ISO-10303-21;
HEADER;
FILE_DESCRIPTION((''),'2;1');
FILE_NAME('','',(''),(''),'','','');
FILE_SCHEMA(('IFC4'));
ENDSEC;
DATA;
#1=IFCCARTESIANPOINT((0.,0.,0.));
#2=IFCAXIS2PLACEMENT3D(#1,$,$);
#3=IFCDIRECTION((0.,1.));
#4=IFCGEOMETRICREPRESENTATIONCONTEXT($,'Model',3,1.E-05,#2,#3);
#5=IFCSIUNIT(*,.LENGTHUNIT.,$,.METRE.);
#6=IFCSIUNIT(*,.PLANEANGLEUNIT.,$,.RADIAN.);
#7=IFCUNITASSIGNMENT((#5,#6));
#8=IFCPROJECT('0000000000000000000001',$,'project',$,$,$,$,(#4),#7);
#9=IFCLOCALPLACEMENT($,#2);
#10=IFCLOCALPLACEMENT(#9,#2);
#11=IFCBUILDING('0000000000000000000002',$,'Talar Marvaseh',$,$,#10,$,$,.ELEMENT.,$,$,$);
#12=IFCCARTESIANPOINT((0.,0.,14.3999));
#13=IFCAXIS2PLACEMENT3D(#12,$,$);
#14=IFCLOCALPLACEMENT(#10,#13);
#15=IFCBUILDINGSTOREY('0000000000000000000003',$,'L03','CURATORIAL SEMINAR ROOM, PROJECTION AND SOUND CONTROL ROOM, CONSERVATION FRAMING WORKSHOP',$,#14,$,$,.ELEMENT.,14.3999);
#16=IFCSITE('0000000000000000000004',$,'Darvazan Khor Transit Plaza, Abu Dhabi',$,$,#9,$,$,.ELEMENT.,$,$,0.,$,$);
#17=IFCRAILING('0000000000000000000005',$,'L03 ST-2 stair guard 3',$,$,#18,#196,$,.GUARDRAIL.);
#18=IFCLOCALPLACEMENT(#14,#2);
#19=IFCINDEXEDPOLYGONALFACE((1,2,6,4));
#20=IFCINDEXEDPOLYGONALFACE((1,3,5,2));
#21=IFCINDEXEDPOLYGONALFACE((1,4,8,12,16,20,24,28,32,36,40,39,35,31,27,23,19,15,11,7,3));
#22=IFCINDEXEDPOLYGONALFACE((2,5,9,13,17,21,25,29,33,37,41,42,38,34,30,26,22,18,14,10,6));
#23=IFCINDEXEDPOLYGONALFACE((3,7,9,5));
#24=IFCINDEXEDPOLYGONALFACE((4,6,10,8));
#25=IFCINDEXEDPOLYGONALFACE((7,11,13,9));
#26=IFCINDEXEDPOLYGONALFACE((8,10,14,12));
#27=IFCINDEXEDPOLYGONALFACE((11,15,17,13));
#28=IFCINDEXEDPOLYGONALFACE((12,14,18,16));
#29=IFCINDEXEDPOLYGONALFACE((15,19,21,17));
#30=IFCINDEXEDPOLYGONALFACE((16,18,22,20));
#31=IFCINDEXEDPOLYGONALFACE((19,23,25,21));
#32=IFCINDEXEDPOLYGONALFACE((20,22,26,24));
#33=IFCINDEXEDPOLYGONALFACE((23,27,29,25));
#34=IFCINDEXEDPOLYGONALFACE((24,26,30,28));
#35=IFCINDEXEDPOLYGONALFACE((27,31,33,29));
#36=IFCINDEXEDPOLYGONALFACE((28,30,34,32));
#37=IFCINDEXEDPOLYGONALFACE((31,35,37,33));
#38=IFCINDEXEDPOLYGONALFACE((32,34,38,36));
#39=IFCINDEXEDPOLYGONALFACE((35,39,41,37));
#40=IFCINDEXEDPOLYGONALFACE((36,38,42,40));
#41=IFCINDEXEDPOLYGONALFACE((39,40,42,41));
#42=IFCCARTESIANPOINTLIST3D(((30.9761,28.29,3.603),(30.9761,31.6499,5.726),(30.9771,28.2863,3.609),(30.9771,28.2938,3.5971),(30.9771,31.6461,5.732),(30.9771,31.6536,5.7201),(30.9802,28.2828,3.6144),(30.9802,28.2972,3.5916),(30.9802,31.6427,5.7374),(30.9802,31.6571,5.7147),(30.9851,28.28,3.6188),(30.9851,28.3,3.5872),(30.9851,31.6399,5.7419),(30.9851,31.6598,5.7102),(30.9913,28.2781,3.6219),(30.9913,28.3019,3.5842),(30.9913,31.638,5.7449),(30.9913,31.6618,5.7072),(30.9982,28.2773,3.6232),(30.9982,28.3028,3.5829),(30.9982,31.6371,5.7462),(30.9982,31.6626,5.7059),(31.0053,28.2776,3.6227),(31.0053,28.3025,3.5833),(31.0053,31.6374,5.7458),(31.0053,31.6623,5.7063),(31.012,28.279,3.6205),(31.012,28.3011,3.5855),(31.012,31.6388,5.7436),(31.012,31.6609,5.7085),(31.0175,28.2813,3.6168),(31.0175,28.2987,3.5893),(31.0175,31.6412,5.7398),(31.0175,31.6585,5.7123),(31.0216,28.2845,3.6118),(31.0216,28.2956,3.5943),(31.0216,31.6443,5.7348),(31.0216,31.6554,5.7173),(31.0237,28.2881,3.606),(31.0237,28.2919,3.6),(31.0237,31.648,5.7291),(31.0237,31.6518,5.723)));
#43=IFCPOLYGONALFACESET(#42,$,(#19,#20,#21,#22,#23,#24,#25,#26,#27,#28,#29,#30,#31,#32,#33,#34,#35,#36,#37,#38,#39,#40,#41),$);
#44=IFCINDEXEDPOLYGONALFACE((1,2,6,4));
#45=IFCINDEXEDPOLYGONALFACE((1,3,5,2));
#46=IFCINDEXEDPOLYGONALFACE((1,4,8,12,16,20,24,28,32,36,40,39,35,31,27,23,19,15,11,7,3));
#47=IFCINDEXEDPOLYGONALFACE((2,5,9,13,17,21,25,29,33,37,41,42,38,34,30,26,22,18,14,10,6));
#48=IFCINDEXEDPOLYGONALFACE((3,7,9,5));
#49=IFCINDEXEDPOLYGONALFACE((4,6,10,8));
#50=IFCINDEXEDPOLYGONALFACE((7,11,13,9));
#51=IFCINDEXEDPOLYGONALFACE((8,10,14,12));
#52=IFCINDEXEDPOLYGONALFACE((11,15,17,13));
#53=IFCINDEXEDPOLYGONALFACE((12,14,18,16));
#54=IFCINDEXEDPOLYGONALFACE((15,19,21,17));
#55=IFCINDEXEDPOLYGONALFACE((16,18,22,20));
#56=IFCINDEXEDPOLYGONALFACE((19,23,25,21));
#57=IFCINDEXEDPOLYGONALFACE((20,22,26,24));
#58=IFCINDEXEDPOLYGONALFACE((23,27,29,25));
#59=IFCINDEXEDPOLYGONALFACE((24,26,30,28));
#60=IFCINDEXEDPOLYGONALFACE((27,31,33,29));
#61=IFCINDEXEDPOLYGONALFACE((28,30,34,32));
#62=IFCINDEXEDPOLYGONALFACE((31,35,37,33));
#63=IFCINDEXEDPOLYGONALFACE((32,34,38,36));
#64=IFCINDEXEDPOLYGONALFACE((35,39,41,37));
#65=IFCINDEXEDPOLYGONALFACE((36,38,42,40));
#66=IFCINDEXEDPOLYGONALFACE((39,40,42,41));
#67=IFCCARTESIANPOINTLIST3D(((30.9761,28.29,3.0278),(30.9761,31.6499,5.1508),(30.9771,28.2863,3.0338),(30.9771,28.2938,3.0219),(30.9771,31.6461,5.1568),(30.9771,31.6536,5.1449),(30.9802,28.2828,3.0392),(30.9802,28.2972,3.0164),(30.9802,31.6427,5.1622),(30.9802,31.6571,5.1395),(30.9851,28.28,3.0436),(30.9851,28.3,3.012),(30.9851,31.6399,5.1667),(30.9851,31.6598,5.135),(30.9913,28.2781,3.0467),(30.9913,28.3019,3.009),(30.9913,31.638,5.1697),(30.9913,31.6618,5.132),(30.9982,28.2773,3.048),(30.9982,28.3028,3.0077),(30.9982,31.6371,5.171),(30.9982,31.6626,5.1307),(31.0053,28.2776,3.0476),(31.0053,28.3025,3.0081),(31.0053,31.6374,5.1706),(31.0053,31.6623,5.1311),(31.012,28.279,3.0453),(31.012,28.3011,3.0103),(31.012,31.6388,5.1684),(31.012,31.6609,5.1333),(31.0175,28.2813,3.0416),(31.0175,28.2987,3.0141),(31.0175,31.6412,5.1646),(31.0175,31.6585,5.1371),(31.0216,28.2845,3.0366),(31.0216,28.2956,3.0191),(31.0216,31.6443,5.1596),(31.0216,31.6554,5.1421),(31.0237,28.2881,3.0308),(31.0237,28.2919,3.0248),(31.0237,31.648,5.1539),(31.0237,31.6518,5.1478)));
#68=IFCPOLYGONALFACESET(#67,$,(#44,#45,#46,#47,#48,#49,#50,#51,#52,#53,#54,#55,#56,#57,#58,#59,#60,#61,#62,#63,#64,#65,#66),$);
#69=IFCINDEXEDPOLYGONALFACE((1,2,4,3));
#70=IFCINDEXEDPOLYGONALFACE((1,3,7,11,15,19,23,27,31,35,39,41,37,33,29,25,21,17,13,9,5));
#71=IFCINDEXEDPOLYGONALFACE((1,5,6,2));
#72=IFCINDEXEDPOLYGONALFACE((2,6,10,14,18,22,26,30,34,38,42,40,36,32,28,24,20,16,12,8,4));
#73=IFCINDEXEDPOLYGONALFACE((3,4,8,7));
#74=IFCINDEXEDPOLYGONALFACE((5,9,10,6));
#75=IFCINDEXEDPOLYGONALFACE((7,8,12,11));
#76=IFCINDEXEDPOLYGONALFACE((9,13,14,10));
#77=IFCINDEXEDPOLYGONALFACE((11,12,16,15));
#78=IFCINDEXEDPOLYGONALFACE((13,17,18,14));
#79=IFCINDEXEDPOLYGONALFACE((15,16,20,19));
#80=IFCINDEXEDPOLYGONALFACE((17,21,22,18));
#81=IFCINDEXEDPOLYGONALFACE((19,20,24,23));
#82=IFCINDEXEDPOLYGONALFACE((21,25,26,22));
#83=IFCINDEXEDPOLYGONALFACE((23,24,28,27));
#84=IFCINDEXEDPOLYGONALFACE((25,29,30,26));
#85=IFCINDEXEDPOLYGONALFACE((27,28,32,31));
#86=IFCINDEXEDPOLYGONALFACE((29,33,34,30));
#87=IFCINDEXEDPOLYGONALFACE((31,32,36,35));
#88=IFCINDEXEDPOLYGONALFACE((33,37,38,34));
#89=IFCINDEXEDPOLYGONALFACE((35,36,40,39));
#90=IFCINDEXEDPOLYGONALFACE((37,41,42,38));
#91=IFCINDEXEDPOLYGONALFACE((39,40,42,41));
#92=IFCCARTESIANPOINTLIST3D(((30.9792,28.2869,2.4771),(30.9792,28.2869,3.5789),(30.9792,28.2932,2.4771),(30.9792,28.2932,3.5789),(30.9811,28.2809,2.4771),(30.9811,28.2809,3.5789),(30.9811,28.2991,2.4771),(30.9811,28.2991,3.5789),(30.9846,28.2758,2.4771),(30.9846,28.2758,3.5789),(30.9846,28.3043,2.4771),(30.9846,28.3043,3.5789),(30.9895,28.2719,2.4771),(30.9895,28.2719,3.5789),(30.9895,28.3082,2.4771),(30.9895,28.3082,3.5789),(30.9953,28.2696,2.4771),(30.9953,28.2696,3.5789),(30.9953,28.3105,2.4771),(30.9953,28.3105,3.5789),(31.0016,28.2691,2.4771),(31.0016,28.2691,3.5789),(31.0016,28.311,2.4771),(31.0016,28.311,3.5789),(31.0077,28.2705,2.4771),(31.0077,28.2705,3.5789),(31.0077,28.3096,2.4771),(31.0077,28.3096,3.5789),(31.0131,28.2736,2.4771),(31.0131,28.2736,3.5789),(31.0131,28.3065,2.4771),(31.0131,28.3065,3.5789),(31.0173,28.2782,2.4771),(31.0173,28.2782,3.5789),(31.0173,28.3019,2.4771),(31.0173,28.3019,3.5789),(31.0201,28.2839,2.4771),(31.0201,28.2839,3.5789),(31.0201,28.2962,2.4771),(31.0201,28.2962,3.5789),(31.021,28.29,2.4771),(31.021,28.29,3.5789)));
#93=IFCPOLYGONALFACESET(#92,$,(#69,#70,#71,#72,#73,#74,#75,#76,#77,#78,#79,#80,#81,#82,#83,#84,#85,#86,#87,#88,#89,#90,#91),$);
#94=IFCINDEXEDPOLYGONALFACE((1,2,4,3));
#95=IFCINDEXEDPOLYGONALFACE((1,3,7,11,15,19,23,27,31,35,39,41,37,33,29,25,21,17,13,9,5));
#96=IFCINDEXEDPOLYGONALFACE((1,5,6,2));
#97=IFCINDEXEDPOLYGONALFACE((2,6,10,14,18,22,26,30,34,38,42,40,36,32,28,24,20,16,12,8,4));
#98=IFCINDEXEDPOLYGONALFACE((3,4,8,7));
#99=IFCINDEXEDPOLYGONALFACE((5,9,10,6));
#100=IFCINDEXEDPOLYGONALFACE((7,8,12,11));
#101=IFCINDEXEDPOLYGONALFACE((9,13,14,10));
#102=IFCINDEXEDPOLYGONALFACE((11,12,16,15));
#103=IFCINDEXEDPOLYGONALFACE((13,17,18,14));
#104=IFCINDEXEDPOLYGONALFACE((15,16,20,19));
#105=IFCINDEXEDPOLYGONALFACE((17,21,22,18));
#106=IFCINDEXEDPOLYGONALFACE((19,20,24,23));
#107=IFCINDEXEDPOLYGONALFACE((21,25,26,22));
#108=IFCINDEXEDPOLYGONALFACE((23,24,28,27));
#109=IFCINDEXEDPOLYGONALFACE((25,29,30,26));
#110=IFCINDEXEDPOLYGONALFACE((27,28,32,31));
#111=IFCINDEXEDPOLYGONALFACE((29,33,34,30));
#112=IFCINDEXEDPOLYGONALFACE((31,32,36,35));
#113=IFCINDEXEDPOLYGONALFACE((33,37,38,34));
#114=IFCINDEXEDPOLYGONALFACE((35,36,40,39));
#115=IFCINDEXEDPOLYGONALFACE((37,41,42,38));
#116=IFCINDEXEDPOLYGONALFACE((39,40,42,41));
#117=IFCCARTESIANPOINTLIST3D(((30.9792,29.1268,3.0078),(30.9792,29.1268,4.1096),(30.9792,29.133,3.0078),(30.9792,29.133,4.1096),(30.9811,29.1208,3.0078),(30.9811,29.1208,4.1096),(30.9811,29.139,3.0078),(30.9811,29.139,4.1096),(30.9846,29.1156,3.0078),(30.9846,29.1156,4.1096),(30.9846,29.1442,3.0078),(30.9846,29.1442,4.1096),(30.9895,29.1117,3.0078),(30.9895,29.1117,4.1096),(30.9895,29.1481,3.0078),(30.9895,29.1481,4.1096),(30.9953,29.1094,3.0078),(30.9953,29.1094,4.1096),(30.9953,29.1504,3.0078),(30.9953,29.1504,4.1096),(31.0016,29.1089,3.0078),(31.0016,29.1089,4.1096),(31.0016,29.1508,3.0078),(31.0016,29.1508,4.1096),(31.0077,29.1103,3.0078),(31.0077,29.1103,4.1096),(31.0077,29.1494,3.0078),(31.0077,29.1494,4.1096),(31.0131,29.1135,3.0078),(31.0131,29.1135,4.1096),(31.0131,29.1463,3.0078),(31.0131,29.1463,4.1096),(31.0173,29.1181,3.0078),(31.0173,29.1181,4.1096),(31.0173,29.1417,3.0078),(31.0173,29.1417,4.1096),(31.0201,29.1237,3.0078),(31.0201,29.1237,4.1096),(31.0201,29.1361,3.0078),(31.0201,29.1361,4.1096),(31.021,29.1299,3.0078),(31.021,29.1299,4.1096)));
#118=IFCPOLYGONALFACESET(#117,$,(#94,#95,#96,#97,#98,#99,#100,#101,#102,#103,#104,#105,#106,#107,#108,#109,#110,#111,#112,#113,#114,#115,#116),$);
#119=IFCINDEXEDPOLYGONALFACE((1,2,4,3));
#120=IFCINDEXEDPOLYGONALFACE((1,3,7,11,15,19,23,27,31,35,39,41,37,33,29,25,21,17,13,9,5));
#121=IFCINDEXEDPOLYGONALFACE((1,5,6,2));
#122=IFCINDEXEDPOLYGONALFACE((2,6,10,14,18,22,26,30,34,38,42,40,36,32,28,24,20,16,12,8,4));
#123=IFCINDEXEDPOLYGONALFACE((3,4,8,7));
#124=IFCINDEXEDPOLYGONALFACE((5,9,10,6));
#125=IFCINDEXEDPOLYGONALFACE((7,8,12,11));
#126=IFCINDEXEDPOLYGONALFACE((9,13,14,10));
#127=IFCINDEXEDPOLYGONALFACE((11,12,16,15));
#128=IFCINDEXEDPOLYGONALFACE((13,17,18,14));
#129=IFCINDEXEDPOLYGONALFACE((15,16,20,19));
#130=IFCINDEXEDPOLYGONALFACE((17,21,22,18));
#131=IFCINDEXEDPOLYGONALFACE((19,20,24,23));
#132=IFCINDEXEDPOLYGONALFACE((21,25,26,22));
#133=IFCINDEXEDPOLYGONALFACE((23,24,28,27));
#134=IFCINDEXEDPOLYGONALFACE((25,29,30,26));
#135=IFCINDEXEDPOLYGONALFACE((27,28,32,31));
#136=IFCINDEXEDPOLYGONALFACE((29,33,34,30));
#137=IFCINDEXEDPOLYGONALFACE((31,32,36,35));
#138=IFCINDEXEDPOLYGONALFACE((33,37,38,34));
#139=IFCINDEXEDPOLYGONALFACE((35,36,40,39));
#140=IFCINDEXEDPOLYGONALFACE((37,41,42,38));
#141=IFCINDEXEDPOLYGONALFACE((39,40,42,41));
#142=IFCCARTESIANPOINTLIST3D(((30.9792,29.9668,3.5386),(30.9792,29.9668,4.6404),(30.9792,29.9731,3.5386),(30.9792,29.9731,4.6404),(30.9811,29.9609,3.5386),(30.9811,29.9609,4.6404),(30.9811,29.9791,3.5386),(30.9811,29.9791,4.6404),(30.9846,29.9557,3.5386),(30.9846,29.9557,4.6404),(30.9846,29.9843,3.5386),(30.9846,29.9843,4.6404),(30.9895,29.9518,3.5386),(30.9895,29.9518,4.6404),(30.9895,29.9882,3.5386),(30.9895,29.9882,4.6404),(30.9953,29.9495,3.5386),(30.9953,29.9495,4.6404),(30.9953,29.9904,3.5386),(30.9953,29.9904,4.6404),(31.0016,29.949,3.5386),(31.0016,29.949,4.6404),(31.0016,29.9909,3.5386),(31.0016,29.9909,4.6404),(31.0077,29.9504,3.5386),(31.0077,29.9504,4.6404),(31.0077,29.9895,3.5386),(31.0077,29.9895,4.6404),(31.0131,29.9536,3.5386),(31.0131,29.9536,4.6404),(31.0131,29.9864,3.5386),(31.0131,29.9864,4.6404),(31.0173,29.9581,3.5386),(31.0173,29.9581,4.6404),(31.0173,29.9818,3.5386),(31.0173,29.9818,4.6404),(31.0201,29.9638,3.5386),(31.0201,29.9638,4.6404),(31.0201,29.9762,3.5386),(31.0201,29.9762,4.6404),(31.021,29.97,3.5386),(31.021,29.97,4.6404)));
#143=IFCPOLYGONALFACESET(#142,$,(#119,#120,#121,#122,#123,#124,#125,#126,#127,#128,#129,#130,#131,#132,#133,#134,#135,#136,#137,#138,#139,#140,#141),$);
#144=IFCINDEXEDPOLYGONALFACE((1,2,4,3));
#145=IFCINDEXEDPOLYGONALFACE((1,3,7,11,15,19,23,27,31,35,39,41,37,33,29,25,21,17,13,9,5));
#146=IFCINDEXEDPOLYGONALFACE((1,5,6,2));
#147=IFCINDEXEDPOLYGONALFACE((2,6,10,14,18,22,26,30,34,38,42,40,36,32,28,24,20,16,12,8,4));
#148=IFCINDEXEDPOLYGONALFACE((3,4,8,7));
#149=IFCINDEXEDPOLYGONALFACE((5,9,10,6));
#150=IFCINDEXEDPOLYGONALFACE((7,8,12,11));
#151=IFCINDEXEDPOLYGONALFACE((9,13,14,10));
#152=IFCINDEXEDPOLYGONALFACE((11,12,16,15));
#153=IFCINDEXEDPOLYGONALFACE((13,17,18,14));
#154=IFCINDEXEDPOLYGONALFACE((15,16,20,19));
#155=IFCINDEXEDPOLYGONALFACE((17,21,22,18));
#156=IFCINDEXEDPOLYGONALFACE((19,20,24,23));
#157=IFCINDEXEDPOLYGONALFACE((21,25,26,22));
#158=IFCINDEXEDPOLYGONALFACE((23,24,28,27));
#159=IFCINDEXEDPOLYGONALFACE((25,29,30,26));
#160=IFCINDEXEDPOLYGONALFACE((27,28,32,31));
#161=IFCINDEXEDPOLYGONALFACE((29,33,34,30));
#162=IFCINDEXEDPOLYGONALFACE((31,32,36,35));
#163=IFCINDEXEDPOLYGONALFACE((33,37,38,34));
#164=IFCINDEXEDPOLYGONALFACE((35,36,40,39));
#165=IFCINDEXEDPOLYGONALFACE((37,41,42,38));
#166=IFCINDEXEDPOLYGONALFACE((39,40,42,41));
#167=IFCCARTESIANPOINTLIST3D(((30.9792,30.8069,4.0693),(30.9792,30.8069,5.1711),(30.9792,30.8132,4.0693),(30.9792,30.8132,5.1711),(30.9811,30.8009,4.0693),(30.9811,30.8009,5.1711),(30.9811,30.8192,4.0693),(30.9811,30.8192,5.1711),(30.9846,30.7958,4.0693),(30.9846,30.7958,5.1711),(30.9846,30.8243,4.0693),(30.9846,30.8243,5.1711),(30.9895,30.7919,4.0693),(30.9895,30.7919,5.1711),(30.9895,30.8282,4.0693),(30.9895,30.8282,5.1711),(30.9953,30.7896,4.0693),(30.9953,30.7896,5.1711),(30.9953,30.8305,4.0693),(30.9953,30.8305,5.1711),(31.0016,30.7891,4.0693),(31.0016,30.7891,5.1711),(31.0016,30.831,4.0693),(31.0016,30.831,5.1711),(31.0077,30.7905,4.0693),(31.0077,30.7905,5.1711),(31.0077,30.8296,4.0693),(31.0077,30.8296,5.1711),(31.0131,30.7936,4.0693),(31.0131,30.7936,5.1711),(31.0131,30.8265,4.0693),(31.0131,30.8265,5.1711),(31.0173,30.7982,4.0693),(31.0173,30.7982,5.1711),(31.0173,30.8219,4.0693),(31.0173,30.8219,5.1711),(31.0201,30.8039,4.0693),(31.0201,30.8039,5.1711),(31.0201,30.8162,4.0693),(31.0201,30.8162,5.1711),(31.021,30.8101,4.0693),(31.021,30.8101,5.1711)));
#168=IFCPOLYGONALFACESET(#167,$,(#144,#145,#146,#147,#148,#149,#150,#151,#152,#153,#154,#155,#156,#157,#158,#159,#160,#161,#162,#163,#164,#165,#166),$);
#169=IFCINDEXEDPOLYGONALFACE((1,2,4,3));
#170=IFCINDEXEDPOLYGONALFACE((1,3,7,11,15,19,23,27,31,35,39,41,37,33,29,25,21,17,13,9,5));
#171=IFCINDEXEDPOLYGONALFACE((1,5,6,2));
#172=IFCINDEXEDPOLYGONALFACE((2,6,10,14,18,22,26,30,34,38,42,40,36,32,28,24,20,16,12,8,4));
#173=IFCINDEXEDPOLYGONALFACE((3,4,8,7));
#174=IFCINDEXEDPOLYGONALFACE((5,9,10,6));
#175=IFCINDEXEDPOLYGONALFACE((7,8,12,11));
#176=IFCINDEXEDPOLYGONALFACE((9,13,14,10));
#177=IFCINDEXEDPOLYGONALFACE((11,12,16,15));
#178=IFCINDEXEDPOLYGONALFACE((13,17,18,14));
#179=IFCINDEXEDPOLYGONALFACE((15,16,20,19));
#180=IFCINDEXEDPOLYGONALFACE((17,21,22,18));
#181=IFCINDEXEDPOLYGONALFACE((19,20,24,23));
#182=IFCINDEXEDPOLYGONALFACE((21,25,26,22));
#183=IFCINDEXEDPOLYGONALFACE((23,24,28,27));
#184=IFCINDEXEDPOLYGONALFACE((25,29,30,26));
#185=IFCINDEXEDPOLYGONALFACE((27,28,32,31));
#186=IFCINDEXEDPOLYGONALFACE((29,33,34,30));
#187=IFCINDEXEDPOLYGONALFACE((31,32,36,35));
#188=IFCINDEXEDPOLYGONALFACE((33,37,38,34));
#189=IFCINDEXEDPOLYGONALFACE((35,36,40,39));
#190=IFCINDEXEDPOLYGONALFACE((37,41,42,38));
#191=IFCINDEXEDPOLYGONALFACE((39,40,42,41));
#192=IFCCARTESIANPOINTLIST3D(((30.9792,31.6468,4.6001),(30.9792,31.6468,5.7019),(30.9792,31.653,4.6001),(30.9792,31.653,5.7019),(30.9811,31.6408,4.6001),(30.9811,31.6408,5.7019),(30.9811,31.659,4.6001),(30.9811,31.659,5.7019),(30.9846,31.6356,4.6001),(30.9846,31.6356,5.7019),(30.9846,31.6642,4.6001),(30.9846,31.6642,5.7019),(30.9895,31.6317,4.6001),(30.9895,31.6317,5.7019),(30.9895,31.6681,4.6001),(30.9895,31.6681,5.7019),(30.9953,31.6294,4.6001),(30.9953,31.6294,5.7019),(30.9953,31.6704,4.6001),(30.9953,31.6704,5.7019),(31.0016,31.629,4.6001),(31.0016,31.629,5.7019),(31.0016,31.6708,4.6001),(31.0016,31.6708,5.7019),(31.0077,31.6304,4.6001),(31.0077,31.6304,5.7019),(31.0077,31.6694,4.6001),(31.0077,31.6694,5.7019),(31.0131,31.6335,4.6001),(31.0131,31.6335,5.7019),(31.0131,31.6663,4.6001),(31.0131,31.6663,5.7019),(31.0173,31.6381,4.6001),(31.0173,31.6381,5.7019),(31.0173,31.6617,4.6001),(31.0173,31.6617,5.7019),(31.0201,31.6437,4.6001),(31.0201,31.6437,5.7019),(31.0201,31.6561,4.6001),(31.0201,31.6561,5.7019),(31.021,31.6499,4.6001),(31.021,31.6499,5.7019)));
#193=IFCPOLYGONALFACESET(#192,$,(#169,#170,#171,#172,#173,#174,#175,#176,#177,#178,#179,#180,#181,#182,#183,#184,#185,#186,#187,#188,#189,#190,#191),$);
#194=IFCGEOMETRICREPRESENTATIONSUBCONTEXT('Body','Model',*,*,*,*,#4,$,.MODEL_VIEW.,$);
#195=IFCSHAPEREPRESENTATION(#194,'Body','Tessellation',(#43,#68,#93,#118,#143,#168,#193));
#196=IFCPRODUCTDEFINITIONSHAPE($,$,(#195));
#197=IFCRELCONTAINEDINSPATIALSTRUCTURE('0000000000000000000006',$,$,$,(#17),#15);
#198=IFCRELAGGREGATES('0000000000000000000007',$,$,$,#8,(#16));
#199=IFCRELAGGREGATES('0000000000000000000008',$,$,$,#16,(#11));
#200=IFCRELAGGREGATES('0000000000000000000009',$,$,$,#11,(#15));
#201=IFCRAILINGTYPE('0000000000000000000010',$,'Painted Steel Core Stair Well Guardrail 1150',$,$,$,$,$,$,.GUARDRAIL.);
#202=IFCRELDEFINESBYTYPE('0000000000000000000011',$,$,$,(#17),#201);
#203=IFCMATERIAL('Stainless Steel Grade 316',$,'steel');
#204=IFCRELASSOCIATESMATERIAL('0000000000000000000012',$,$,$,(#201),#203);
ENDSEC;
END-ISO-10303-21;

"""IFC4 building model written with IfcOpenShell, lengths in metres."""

from ifc_helpers import new_model, si_unit, direction, frame, origin, origin_2d, place, context, subcontext, project, spatial, circle, extrude, material, type_object, element, save


model = new_model("IFC4")

# Units and contexts
model_context = context("Model", 3, precision=1e-05, world=origin(), true_north=direction((0.0, 1.0)))
body_context = subcontext(model_context, "Body", "Model", "MODEL_VIEW")
ifc_project = project(units=[si_unit("LENGTHUNIT", "METRE"), si_unit("PLANEANGLEUNIT", "RADIAN")], contexts=[model_context])

# Site, building, storey
site_placement = place(None, origin())
site = spatial("IfcSite", under=ifc_project, at=site_placement, Name="Darvazan Khor Transit Plaza, Abu Dhabi", CompositionType="ELEMENT", RefElevation=0.0)
building_placement = place(site_placement, origin())
building = spatial("IfcBuilding", under=site, at=building_placement, Name="Talar Marvaseh", CompositionType="ELEMENT")
storey_placement = place(building_placement, frame((0.0, 0.0, 14.3999)))
storey = spatial("IfcBuildingStorey", under=building, at=storey_placement, Name="L03", Description="CURATORIAL SEMINAR ROOM, PROJECTION AND SOUND CONTROL ROOM, CONSERVATION FRAMING WORKSHOP", CompositionType="ELEMENT", Elevation=14.3999)

# Shared definitions
ifc_material_1 = material(Name="Stainless Steel Grade 316", Category="steel")

# Railing
railing_type_1 = type_object("IfcRailingType", Name="Painted Steel Core Stair Well Guardrail 1150", PredefinedType="GUARDRAIL", material=ifc_material_1)
railing_1_placement = place(storey_placement, frame((31.0, 28.29, 2.4771)))
element("IfcRailing", 1, at=railing_1_placement, inside=storey, type_object=railing_type_1, Name="L03 ST-2 stair guard 3", PredefinedType="GUARDRAIL", context=body_context, shape_type="SweptSolid", body=[
    extrude(circle(Radius=0.0239, at=origin_2d()), frame((0.0, 0.0, 1.126), z_axis=(0.0, 0.845372, 0.534178), x_axis=(-1.0, 0.0, 0.0)), (0.0, 0.0, 1.0), 3.9744),
    extrude(circle(Radius=0.0239, at=origin_2d()), frame((0.0, 0.0, 0.5508), z_axis=(0.0, 0.845372, 0.534178), x_axis=(-1.0, 0.0, 0.0)), (0.0, 0.0, 1.0), 3.9744),
    extrude(circle(Radius=0.021, at=origin_2d()), origin(), (0.0, 0.0, 1.0), 1.1018),
    extrude(circle(Radius=0.021, at=origin_2d()), frame((0.0, 0.8398, 0.5308)), (0.0, 0.0, 1.0), 1.1018),
    extrude(circle(Radius=0.021, at=origin_2d()), frame((0.0, 1.6799, 1.0615)), (0.0, 0.0, 1.0), 1.1018),
    extrude(circle(Radius=0.021, at=origin_2d()), frame((0.0, 2.52, 1.5923)), (0.0, 0.0, 1.0), 1.1018),
    extrude(circle(Radius=0.021, at=origin_2d()), frame((0.0, 3.3599, 2.123)), (0.0, 0.0, 1.0), 1.1018),
])

save(model, "model.ifc")
